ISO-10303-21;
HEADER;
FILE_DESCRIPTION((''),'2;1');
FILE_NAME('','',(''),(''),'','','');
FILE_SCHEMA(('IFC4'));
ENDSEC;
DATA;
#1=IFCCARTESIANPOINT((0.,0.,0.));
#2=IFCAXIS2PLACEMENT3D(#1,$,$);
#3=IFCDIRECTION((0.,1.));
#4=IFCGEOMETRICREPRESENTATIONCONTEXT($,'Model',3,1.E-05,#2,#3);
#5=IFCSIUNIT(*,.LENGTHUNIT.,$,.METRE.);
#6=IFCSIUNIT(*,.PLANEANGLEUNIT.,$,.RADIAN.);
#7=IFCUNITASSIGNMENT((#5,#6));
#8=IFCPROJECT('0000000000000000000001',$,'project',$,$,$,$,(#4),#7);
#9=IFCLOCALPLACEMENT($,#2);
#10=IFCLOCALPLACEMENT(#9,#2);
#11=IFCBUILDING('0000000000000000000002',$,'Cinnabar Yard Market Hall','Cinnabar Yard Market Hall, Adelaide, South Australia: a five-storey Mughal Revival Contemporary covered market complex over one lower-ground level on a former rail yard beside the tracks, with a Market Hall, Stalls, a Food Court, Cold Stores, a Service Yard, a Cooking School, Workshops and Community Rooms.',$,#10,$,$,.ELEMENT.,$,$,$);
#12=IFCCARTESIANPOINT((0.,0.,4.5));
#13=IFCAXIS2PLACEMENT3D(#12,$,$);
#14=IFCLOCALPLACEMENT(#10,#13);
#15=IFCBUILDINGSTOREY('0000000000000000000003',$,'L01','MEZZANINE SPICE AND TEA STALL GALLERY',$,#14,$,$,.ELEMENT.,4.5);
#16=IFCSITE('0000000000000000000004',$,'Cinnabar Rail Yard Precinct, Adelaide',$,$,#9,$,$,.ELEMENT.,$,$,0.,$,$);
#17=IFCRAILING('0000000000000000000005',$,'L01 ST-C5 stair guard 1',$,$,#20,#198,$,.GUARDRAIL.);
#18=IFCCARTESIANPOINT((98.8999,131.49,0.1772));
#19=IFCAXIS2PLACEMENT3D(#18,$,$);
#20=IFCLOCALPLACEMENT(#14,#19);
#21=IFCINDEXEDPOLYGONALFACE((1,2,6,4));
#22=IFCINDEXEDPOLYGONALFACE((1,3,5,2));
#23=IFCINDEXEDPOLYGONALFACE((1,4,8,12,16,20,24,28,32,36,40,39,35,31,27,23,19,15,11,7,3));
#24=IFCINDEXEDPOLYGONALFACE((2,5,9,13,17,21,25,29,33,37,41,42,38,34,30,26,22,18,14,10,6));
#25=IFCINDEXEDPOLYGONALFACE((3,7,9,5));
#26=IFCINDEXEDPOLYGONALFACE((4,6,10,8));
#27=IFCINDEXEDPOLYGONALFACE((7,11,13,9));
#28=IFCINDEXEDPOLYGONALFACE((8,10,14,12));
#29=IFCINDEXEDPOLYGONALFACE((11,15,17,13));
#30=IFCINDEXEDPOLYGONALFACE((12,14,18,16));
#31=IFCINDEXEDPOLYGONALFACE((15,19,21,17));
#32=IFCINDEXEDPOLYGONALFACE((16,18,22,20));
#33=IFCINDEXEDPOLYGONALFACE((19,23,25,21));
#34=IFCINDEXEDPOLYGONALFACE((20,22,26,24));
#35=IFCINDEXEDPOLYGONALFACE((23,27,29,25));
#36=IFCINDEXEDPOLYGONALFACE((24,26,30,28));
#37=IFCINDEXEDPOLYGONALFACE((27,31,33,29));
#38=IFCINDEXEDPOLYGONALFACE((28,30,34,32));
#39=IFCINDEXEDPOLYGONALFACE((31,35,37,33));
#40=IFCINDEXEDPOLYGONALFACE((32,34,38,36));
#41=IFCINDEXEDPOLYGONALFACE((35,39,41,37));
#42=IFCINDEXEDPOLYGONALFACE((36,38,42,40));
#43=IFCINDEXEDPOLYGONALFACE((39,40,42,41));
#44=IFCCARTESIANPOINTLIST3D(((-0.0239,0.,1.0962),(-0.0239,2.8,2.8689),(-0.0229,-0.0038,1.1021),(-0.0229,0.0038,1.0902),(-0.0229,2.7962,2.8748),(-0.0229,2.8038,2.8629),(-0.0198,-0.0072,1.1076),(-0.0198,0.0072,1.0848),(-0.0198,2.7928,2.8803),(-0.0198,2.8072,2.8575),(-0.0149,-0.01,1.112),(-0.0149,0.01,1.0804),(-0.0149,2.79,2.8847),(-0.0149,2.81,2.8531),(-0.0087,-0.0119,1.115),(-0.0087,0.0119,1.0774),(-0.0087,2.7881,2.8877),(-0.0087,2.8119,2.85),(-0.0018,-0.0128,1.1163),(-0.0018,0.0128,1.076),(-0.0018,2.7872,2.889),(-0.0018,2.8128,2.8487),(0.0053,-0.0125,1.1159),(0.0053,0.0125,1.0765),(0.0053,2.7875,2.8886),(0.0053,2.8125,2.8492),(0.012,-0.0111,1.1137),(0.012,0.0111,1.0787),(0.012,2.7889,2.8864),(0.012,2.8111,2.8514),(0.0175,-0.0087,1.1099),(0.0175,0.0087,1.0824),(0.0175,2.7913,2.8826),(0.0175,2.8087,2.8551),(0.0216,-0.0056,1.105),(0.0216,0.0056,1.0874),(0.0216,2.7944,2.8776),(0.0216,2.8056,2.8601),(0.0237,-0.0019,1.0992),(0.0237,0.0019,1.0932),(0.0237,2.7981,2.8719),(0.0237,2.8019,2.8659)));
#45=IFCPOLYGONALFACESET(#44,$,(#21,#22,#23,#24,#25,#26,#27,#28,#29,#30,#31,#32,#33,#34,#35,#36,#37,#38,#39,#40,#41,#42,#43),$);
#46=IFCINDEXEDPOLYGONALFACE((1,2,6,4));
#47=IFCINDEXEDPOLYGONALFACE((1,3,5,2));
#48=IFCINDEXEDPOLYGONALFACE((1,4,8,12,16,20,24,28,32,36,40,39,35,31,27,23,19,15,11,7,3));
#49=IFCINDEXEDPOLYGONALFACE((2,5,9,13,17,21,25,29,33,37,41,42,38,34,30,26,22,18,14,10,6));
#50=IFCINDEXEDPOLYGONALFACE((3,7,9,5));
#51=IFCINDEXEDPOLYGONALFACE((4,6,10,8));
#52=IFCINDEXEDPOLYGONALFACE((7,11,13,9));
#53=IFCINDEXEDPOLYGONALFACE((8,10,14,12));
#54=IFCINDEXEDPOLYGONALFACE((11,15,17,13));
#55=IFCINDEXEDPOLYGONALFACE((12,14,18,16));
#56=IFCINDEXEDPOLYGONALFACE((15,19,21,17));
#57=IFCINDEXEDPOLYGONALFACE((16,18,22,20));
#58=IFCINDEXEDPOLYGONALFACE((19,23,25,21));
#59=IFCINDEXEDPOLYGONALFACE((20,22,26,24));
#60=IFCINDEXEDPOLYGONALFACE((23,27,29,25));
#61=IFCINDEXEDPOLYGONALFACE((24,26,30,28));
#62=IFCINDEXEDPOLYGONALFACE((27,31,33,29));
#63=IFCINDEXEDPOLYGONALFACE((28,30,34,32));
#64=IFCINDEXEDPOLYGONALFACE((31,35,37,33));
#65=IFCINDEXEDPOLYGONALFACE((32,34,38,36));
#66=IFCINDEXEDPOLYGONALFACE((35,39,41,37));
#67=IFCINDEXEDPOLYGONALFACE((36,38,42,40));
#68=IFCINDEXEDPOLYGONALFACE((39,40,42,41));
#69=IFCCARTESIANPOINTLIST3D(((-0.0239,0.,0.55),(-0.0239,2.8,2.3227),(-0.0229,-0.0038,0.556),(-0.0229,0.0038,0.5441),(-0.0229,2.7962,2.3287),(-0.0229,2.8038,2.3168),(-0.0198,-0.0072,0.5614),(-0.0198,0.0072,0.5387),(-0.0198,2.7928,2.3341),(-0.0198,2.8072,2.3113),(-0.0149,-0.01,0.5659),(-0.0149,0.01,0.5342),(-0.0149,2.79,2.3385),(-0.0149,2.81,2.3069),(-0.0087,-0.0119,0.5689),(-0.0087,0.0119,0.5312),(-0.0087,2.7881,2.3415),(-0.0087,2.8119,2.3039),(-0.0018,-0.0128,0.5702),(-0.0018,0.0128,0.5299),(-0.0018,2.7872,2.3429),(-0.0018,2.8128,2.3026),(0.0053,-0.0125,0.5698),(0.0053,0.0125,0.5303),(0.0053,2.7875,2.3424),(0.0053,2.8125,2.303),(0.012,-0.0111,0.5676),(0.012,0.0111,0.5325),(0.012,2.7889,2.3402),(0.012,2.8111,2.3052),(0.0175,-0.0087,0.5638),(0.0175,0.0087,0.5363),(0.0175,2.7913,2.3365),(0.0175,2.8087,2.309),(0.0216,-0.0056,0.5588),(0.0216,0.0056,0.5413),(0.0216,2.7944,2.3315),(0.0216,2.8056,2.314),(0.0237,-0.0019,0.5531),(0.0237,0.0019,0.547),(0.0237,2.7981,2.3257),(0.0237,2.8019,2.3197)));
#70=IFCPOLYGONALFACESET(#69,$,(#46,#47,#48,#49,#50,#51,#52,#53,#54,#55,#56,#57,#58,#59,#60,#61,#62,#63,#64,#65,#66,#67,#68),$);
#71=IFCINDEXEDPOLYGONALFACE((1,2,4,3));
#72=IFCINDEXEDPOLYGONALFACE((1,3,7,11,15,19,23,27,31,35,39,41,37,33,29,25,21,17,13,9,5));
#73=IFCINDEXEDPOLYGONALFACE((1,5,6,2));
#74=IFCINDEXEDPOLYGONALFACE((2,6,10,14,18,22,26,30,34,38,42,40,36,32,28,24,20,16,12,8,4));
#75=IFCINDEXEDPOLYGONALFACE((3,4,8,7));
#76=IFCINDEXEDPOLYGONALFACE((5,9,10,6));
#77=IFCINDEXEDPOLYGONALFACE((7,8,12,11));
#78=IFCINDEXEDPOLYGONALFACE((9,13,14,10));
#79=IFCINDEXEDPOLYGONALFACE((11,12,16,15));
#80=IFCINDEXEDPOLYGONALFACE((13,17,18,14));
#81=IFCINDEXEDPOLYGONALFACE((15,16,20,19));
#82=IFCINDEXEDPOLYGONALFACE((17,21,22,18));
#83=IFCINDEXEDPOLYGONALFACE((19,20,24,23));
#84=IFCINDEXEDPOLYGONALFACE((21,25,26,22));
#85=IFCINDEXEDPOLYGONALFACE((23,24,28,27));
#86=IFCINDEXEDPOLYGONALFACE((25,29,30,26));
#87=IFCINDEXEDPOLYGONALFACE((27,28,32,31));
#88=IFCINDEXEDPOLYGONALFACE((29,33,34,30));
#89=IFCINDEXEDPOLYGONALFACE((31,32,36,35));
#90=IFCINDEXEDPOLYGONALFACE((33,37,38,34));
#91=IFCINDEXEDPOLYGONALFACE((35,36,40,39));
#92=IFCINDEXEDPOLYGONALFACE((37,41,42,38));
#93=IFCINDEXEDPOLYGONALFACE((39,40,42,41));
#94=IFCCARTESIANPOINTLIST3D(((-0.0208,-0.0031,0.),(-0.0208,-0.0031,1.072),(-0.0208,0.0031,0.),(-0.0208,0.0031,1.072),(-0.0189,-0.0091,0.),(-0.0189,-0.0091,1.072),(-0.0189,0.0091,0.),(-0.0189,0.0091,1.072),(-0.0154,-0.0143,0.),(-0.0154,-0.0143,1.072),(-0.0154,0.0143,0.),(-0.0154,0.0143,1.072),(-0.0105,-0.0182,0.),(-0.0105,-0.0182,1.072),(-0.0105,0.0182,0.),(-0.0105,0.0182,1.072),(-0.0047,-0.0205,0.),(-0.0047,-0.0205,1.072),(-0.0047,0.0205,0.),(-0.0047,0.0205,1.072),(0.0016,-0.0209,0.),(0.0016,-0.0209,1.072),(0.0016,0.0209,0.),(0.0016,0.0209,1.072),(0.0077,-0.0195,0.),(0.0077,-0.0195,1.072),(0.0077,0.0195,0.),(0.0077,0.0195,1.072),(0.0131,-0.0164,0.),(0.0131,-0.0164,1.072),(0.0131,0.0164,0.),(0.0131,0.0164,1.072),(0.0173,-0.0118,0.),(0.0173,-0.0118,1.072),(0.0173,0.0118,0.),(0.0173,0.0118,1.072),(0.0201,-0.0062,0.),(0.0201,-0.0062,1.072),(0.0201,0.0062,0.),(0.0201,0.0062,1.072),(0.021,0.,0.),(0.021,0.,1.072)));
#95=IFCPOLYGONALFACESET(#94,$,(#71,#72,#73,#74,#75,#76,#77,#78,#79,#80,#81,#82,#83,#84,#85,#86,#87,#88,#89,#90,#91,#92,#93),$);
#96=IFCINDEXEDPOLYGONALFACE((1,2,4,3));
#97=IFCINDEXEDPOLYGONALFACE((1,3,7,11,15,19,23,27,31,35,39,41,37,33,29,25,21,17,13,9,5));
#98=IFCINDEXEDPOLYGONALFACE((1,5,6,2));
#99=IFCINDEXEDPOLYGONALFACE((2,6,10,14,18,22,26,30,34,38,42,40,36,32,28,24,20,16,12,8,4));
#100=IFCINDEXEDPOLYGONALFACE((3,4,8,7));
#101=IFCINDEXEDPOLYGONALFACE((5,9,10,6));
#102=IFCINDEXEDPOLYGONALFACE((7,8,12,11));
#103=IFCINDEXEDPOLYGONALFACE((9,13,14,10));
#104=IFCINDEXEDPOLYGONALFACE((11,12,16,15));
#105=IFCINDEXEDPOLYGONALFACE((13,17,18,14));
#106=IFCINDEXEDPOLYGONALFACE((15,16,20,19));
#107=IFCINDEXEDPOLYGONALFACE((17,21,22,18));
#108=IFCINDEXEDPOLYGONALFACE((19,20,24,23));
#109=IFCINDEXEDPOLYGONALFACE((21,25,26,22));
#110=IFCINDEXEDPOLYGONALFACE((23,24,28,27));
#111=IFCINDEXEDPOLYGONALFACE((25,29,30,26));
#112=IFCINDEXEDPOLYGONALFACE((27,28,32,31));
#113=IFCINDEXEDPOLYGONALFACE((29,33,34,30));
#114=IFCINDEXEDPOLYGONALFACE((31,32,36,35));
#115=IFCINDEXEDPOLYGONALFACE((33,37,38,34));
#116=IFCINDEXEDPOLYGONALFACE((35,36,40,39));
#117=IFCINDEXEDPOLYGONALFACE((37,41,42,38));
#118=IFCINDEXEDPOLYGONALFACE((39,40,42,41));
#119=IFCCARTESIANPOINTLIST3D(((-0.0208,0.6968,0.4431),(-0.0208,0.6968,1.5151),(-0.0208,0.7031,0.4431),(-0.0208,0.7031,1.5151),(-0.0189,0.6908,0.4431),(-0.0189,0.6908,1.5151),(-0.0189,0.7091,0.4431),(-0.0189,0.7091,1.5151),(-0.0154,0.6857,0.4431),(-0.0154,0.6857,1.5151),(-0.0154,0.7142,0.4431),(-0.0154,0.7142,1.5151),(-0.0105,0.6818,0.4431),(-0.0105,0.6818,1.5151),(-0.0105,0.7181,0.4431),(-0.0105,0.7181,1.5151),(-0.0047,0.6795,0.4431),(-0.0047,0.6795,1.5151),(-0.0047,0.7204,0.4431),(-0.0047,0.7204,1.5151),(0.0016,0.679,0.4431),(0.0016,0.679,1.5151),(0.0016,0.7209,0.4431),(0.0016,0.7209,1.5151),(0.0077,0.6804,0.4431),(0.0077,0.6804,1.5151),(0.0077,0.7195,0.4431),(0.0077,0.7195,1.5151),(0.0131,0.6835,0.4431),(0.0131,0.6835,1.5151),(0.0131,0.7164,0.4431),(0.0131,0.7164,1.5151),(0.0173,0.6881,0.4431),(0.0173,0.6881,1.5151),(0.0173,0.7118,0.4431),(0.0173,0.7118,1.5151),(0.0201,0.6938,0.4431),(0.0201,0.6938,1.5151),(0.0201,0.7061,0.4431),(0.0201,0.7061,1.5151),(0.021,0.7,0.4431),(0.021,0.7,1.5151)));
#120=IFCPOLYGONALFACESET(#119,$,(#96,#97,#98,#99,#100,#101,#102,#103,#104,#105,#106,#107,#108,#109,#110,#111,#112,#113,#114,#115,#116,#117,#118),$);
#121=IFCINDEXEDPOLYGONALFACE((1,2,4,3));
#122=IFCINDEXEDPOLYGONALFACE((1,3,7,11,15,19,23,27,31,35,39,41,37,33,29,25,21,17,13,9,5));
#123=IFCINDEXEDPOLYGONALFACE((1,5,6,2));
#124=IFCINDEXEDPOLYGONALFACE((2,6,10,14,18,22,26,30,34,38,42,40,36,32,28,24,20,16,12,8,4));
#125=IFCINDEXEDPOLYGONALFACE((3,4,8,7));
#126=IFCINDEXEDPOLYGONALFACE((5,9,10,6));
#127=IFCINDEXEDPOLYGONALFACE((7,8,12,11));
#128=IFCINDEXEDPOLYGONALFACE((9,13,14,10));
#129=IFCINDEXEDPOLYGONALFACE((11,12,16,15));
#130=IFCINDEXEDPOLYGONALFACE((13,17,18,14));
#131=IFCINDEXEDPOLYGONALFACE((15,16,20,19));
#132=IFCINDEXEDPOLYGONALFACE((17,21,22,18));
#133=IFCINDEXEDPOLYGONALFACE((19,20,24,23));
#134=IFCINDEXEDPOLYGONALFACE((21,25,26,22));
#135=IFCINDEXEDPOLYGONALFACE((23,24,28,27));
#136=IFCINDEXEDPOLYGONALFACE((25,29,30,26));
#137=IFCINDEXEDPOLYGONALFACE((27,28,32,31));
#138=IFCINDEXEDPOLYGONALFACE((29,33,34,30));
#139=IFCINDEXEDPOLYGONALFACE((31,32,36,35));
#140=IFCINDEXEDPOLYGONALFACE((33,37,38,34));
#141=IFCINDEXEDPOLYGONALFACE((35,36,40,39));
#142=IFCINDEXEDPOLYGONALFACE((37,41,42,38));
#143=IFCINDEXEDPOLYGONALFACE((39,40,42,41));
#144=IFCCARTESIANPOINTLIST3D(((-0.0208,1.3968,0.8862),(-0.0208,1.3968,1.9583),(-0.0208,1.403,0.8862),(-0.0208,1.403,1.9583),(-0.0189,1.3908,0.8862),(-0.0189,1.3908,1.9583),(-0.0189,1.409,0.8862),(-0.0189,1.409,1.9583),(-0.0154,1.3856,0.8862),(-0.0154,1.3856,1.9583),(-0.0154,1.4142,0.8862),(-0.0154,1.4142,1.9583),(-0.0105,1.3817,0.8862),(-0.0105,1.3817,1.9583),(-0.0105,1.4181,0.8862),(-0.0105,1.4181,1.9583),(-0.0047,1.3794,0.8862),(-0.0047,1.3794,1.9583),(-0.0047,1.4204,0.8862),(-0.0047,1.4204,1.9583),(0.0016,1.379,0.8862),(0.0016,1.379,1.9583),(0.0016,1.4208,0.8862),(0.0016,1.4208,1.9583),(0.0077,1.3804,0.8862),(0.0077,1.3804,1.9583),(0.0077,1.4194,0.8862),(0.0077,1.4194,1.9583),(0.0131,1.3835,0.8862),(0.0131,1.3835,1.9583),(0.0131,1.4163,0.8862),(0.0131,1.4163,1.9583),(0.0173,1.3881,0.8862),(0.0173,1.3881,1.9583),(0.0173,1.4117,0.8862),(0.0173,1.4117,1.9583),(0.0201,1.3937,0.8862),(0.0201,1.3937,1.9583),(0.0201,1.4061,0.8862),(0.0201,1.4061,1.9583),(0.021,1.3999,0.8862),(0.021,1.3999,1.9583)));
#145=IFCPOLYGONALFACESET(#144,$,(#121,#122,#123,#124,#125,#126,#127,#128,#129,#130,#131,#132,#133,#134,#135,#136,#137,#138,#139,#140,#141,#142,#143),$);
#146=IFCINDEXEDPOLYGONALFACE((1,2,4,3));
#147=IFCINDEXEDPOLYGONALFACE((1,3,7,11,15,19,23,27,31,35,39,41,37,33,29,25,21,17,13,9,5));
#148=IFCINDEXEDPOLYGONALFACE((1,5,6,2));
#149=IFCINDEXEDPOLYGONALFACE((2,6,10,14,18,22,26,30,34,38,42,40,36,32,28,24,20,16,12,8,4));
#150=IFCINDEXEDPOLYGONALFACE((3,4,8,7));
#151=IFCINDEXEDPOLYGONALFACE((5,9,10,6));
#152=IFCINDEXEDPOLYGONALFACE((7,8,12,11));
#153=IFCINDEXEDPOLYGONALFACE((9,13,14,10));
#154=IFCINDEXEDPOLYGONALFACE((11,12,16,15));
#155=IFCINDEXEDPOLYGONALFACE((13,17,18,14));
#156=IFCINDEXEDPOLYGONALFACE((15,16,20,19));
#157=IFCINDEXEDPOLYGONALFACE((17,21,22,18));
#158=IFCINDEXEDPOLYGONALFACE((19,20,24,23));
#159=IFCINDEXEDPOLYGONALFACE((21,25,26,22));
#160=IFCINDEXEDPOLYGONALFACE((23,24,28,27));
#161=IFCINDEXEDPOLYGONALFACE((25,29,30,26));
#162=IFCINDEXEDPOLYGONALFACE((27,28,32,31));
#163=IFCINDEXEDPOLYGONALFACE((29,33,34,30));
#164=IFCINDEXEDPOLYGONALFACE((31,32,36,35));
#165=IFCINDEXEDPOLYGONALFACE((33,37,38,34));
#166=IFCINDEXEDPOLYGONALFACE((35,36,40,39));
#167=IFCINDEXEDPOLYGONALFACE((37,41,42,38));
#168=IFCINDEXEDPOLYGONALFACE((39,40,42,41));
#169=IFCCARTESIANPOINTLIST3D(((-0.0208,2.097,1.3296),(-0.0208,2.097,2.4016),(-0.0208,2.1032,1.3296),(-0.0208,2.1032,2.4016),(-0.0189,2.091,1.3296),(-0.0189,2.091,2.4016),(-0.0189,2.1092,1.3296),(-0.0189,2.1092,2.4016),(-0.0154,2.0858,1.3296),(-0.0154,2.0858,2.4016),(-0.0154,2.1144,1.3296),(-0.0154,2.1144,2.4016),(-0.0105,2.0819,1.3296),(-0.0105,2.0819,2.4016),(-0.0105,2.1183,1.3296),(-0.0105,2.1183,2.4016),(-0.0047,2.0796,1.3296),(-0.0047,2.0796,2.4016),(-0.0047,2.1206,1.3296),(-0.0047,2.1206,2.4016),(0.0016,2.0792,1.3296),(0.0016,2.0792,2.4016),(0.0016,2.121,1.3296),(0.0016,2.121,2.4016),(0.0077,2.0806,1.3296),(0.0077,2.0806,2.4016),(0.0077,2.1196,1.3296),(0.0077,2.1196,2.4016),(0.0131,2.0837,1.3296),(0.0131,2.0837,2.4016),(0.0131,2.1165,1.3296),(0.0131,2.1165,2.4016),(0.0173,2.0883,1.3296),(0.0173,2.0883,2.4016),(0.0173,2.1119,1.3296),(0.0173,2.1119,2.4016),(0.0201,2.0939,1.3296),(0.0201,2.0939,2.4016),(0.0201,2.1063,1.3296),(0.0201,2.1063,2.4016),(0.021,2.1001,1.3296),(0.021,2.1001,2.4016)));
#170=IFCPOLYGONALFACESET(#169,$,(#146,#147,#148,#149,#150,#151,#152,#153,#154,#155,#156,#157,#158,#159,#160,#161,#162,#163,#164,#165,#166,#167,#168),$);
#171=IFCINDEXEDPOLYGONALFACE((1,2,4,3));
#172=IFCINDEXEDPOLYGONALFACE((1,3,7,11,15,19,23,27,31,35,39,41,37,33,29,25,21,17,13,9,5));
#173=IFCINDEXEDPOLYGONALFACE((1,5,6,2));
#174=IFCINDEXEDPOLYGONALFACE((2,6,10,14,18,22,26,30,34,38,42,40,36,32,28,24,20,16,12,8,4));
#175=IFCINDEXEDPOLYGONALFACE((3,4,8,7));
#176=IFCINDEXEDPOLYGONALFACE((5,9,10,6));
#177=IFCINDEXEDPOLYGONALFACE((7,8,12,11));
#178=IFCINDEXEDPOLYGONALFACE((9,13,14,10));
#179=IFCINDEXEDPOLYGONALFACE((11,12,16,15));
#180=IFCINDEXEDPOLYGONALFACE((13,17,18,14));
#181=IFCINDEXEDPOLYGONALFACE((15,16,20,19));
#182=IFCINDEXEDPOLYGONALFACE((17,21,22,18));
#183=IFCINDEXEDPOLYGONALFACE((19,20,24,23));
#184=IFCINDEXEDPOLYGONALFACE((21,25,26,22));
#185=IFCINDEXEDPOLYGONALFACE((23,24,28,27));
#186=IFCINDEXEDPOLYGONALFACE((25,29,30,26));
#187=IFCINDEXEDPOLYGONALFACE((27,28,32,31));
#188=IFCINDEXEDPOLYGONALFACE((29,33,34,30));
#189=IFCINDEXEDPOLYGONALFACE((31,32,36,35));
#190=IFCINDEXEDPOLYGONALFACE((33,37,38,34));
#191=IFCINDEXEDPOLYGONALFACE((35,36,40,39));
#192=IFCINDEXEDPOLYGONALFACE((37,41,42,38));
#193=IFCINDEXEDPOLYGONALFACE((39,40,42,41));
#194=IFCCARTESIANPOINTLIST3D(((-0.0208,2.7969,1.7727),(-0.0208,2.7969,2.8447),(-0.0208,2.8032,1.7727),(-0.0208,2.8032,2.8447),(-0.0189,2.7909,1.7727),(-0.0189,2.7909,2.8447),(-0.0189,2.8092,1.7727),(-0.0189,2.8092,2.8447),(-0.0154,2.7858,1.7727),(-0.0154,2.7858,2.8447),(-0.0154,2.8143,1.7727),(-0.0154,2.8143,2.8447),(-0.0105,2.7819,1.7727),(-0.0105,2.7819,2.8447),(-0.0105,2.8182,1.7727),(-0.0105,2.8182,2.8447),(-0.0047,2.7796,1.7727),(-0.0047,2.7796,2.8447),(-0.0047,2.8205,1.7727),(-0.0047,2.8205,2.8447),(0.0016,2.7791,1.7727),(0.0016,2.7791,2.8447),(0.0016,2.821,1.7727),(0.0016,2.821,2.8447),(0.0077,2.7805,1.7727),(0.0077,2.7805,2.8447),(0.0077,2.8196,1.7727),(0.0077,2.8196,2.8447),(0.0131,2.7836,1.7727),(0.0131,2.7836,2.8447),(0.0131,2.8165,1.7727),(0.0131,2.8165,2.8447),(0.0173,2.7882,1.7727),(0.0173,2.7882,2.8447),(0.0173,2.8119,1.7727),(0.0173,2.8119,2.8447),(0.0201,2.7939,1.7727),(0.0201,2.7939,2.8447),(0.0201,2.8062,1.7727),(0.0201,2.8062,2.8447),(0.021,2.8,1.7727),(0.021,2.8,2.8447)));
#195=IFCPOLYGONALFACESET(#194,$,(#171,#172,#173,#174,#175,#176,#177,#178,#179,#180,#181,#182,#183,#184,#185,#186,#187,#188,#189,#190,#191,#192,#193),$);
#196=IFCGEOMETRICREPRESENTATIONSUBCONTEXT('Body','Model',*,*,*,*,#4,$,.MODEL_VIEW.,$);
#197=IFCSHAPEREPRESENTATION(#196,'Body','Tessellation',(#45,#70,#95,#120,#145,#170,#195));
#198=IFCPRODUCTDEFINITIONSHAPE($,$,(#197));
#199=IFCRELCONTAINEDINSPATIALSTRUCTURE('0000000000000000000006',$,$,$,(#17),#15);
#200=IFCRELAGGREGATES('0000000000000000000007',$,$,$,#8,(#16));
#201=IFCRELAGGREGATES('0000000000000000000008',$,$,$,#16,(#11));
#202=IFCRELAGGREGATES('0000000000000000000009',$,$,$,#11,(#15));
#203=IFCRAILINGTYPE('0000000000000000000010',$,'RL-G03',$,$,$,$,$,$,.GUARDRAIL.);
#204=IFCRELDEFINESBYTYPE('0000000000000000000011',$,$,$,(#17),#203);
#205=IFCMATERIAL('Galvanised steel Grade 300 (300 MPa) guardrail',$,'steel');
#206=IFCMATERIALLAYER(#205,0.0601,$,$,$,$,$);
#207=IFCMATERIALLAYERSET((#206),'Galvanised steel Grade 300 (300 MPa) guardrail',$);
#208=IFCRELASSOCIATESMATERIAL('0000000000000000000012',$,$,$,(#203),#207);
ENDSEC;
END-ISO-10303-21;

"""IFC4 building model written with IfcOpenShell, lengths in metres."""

from ifc_helpers import new_model, si_unit, direction, frame, origin, origin_2d_with_axis, place, context, subcontext, project, spatial, circle, extrude, material, layer, layer_set, type_object, element, save


model = new_model("IFC4")

# Units and contexts
model_context = context("Model", 3, precision=1e-05, world=origin(), true_north=direction((0.0, 1.0)))
body_context = subcontext(model_context, "Body", "Model", "MODEL_VIEW")
ifc_project = project(units=[si_unit("LENGTHUNIT", "METRE"), si_unit("PLANEANGLEUNIT", "RADIAN")], contexts=[model_context])

# Site, building, storey
site_placement = place(None, origin())
site = spatial("IfcSite", under=ifc_project, at=site_placement, Name="Cinnabar Rail Yard Precinct, Adelaide", CompositionType="ELEMENT", RefElevation=0.0)
building_placement = place(site_placement, origin())
building = spatial("IfcBuilding", under=site, at=building_placement, Name="Cinnabar Yard Market Hall", Description="Cinnabar Yard Market Hall, Adelaide, South Australia: a five-storey Mughal Revival Contemporary covered market complex over one lower-ground level on a former rail yard beside the tracks, with a Market Hall, Stalls, a Food Court, Cold Stores, a Service Yard, a Cooking School, Workshops and Community Rooms.", CompositionType="ELEMENT")
storey_placement = place(building_placement, frame((0.0, 0.0, 4.5)))
storey = spatial("IfcBuildingStorey", under=building, at=storey_placement, Name="L01", Description="MEZZANINE SPICE AND TEA STALL GALLERY", CompositionType="ELEMENT", Elevation=4.5)

# Railing
ifc_material_1 = material(Name="Galvanised steel Grade 300 (300 MPa) guardrail", Category="steel")
ifc_layer_1 = layer(ifc_material_1, 0.0601)
ifc_layer_set_1 = layer_set([ifc_layer_1], Name="Galvanised steel Grade 300 (300 MPa) guardrail")
railing_type_1 = type_object("IfcRailingType", Name="RL-G03", PredefinedType="GUARDRAIL", material=ifc_layer_set_1)
railing_1_placement = place(storey_placement, frame((98.8999, 131.49, 0.1772)))
element("IfcRailing", 1, at=railing_1_placement, inside=storey, type_object=railing_type_1, Name="L01 ST-C5 stair guard 1", PredefinedType="GUARDRAIL", context=body_context, shape_type="SweptSolid", body=[
    extrude(circle(Radius=0.0239, at=origin_2d_with_axis()), frame((0.0, 0.0, 1.0962), z_axis=(0.0, 0.844909, 0.53491), x_axis=(-1.0, 0.0, 0.0)), (0.0, 0.0, 1.0), 3.314),
    extrude(circle(Radius=0.0239, at=origin_2d_with_axis()), frame((0.0, 0.0, 0.55), z_axis=(0.0, 0.844909, 0.53491), x_axis=(-1.0, 0.0, 0.0)), (0.0, 0.0, 1.0), 3.314),
    extrude(circle(Radius=0.021, at=origin_2d_with_axis()), origin(), (0.0, 0.0, 1.0), 1.072),
    extrude(circle(Radius=0.021, at=origin_2d_with_axis()), frame((0.0, 0.7, 0.4431)), (0.0, 0.0, 1.0), 1.072),
    extrude(circle(Radius=0.021, at=origin_2d_with_axis()), frame((0.0, 1.3999, 0.8862)), (0.0, 0.0, 1.0), 1.072),
    extrude(circle(Radius=0.021, at=origin_2d_with_axis()), frame((0.0, 2.1001, 1.3296)), (0.0, 0.0, 1.0), 1.072),
    extrude(circle(Radius=0.021, at=origin_2d_with_axis()), frame((0.0, 2.8, 1.7727)), (0.0, 0.0, 1.0), 1.072),
])

save(model, "model.ifc")
